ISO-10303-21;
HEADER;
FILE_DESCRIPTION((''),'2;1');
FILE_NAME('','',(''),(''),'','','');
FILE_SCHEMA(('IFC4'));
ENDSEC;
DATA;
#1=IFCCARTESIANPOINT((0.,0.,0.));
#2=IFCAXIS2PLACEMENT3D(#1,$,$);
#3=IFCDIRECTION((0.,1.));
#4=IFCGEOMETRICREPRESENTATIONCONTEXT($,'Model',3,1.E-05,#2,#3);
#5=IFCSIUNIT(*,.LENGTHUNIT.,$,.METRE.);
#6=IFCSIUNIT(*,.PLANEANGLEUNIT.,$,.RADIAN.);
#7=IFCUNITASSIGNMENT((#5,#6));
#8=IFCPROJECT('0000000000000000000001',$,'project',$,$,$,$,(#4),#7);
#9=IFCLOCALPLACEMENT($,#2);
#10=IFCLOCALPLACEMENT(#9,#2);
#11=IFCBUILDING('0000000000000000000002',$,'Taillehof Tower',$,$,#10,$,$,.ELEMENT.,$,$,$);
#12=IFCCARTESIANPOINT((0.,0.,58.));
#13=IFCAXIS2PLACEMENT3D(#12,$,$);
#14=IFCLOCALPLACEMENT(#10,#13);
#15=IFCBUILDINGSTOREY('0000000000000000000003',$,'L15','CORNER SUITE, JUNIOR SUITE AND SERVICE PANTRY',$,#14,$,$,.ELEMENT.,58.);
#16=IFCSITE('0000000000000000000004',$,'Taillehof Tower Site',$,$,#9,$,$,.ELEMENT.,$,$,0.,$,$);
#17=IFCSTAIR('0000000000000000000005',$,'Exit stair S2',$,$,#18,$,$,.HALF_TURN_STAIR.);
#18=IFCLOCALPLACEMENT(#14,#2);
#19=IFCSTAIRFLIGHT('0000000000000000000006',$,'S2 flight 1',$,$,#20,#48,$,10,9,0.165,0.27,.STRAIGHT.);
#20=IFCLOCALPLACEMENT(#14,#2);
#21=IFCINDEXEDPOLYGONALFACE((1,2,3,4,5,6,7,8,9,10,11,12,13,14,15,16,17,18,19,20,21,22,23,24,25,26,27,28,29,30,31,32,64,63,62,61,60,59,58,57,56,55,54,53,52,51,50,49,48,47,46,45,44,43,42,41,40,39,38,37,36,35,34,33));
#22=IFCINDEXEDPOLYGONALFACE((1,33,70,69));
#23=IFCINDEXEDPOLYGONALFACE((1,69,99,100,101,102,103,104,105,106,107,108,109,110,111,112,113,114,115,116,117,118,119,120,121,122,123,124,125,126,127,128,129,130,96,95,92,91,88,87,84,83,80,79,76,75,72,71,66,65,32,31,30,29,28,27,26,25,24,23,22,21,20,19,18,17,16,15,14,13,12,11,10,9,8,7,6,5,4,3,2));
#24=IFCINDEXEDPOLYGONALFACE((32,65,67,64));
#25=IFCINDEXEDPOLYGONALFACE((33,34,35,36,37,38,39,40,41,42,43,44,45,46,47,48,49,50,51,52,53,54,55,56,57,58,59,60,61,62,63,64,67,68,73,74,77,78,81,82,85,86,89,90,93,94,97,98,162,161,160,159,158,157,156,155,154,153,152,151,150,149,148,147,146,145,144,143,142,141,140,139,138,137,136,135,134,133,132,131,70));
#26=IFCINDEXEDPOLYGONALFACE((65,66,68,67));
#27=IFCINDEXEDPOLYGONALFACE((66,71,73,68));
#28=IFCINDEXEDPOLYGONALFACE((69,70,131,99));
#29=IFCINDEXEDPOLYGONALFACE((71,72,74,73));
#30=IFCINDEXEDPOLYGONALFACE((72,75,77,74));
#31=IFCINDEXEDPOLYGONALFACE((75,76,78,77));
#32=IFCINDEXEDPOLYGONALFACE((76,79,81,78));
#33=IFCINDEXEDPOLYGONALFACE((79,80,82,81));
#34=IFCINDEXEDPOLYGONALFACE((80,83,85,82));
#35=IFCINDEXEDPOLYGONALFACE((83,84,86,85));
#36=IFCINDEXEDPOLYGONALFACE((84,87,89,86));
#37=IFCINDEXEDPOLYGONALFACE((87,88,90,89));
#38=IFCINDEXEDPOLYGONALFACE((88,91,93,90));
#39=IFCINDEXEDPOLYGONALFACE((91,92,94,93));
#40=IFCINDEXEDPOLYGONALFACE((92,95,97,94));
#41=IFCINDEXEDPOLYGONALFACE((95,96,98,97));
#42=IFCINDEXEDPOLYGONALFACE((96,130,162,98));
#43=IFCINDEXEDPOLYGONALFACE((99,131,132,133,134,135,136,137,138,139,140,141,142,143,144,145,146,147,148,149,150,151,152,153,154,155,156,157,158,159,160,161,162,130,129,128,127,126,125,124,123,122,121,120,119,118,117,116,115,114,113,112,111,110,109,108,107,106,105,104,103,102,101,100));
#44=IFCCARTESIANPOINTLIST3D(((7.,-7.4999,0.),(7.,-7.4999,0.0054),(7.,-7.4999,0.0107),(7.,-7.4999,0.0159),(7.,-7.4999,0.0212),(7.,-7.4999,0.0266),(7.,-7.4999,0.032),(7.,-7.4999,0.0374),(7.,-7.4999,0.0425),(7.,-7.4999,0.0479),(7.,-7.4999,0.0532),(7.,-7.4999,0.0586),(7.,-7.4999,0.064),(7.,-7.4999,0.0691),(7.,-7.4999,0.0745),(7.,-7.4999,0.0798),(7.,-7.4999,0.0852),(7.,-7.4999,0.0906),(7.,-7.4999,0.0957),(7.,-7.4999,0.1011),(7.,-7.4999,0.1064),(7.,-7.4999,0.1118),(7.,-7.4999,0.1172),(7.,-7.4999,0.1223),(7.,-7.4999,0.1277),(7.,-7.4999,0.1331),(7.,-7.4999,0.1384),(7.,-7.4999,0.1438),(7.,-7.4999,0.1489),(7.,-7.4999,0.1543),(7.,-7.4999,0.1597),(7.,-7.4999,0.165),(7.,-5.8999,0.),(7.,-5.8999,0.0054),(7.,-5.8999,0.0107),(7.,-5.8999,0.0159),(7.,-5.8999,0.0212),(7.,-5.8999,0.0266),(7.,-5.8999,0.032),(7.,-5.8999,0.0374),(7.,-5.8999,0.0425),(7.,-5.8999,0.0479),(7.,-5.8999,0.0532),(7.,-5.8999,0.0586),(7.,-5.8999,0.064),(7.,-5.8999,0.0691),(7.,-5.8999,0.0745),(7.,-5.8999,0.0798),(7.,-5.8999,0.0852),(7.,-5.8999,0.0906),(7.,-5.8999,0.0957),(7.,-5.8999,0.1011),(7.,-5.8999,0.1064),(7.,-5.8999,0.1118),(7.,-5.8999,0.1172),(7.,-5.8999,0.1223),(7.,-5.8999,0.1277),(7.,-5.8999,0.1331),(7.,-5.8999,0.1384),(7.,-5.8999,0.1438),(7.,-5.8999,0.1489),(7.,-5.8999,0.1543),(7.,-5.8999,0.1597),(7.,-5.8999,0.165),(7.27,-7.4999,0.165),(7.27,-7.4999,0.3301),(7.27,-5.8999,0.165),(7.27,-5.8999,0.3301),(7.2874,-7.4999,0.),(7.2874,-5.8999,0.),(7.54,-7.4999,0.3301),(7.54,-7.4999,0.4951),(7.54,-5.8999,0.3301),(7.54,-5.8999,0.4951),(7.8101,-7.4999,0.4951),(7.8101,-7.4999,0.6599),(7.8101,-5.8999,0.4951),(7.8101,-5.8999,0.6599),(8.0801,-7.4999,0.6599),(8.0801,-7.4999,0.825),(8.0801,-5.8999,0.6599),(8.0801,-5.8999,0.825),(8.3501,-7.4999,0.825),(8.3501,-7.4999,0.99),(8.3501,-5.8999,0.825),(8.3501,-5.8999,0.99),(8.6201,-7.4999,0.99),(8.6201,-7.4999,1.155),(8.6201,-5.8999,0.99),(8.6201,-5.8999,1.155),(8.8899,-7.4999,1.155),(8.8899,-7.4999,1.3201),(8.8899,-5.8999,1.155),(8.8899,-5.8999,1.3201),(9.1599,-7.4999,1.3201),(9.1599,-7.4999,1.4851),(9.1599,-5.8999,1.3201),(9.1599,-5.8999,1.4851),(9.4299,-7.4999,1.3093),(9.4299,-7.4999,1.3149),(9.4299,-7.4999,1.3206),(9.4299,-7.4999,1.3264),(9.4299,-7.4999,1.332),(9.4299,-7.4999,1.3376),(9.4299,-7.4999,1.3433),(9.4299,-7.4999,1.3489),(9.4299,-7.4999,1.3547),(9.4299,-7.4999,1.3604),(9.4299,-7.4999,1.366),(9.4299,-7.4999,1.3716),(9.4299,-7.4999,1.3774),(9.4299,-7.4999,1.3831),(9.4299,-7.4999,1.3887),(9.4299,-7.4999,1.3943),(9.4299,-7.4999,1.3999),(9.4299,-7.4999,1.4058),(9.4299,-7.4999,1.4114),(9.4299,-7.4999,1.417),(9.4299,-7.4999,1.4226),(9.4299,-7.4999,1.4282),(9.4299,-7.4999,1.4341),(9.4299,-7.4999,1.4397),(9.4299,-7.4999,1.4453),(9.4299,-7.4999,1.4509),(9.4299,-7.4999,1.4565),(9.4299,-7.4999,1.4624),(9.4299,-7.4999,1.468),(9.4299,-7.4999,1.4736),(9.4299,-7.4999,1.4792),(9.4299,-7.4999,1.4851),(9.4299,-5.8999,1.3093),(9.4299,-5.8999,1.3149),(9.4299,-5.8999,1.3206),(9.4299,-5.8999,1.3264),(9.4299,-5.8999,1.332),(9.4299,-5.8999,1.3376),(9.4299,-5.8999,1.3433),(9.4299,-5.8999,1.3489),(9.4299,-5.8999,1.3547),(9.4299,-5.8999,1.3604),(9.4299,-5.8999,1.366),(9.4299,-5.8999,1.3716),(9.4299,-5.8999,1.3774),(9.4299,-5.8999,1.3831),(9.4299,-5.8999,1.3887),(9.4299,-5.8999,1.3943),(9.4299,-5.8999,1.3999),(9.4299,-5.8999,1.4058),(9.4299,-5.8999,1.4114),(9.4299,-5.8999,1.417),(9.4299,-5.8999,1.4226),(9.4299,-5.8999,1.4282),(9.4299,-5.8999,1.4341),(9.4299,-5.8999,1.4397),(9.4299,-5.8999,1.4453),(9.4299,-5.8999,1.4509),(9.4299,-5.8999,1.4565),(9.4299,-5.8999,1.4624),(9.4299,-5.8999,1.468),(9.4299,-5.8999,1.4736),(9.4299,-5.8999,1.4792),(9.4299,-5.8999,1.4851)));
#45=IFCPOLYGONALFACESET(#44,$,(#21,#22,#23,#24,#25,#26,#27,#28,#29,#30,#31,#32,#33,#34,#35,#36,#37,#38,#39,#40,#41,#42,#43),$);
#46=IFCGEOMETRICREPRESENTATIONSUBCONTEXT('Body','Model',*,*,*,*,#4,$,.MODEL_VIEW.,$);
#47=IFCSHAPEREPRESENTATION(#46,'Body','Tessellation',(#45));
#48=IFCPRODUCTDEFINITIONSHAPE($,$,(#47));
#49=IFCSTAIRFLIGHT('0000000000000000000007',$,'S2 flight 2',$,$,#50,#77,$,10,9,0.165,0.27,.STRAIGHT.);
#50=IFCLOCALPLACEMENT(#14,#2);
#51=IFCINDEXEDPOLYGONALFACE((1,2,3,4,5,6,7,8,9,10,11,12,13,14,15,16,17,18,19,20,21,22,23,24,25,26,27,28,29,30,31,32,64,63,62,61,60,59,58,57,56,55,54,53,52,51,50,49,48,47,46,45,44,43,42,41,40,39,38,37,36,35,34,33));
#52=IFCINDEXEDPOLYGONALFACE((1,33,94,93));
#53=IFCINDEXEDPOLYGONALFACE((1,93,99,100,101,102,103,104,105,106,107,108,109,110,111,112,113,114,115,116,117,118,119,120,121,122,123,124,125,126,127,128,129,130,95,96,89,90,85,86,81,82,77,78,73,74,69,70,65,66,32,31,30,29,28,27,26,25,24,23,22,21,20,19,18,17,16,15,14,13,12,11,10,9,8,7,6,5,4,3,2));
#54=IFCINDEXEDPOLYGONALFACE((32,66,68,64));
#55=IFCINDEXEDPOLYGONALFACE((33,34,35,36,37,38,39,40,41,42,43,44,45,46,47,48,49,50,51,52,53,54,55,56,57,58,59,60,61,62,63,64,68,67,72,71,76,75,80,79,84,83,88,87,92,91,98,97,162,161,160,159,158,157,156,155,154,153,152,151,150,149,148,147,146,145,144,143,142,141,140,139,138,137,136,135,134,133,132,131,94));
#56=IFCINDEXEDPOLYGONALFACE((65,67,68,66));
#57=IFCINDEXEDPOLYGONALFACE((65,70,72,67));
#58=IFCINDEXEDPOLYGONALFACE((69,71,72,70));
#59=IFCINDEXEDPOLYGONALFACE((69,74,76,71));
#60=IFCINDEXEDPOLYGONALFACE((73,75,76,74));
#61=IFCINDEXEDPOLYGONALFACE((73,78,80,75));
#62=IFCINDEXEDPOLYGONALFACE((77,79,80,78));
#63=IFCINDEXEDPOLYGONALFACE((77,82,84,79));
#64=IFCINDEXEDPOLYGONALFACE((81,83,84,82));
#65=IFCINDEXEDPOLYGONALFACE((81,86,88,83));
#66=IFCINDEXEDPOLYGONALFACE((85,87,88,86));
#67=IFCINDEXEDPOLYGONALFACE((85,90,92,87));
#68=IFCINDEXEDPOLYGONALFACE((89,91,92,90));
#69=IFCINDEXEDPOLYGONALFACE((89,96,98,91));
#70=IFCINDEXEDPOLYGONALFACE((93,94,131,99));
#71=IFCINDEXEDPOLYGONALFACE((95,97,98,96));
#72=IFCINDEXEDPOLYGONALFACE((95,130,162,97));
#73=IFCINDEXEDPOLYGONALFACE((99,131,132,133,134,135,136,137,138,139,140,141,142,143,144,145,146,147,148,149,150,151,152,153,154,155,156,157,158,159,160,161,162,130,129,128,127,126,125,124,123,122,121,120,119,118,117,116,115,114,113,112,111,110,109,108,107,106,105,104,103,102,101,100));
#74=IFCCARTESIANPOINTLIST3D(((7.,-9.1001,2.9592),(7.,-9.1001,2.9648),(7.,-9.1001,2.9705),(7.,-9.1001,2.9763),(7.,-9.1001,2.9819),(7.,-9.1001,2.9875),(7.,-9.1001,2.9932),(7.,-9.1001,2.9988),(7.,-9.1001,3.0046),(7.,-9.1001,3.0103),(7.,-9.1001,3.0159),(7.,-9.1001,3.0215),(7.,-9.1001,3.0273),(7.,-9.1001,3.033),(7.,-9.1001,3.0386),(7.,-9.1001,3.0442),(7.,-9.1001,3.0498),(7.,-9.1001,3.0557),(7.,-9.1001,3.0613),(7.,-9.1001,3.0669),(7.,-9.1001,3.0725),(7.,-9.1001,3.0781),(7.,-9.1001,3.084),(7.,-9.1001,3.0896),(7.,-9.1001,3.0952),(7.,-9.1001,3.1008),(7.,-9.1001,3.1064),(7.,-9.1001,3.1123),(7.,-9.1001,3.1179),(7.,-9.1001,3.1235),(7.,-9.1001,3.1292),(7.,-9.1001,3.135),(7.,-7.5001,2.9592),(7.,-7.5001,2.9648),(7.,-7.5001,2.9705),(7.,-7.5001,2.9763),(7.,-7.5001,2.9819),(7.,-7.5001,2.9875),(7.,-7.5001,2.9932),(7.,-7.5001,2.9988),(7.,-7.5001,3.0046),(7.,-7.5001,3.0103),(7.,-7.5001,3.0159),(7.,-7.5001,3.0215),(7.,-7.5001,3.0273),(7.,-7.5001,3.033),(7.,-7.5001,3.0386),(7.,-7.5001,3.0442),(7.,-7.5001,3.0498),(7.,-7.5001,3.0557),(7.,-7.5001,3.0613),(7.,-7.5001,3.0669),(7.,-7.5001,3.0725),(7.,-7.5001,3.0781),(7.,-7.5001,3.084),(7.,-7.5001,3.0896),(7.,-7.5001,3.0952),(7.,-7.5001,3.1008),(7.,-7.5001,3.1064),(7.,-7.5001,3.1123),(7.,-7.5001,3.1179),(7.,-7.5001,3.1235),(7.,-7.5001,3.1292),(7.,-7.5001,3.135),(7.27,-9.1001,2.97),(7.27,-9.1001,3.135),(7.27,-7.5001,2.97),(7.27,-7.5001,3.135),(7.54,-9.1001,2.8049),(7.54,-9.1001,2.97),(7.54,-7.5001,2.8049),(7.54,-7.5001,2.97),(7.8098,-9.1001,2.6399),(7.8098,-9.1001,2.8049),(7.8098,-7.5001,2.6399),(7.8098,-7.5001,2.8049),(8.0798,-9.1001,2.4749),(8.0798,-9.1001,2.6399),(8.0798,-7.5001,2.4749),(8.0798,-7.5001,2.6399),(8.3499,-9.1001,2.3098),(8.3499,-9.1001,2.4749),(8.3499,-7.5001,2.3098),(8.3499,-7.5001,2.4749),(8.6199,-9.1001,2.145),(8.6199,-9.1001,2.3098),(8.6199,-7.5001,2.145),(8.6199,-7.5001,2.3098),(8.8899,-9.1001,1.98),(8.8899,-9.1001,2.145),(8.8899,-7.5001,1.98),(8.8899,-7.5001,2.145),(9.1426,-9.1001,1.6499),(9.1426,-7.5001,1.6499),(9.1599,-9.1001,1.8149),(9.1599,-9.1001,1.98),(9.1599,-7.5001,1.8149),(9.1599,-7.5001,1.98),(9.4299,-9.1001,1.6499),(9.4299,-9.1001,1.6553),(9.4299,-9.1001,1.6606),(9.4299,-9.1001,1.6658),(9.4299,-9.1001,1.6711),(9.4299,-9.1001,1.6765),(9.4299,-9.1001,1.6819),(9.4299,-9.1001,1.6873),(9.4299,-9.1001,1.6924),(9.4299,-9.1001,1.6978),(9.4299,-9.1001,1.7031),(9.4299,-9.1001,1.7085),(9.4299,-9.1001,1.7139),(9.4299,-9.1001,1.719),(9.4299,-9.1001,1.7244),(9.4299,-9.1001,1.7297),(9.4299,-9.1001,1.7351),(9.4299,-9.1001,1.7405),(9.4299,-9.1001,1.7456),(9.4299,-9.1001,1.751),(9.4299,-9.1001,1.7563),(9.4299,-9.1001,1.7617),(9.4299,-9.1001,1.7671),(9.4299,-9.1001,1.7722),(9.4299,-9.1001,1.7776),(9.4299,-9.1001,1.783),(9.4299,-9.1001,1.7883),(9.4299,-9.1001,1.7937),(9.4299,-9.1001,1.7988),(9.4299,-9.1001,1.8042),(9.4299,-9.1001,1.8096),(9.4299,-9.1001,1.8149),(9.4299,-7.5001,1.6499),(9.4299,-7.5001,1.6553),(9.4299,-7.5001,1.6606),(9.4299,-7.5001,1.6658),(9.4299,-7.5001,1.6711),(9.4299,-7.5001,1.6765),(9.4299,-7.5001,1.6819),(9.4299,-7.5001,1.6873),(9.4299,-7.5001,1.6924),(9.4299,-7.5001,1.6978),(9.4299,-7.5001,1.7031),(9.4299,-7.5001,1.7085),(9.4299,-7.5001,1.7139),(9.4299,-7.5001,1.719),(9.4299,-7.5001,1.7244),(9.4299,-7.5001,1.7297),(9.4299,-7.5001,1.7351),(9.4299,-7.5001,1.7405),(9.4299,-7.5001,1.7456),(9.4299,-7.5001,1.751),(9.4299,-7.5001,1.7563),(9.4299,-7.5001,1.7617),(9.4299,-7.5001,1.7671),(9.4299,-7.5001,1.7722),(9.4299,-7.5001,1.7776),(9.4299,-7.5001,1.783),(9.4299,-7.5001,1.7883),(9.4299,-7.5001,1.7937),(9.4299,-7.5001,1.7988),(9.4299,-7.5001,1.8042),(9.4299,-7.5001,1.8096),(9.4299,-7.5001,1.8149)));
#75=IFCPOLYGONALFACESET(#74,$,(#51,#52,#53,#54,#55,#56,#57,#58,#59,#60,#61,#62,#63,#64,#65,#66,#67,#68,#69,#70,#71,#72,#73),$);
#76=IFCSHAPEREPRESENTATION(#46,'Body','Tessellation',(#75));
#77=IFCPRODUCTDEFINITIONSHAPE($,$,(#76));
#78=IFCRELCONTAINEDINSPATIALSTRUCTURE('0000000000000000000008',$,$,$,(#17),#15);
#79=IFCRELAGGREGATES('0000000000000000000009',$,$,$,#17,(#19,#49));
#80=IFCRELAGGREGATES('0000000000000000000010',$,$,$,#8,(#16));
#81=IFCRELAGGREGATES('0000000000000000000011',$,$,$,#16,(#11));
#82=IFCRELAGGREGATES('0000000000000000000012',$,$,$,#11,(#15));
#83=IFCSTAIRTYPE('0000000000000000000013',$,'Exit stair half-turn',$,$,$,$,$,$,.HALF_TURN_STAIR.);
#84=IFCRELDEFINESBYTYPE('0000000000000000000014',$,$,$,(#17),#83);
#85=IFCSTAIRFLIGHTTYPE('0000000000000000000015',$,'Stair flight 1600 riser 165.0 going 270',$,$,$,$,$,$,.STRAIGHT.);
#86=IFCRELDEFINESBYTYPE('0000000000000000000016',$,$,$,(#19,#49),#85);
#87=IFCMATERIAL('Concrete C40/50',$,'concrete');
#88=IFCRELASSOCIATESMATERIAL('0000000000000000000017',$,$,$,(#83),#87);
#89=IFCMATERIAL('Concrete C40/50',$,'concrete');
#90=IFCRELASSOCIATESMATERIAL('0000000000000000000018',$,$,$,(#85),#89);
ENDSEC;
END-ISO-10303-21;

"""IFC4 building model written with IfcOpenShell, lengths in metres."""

from ifc_helpers import new_model, si_unit, direction, frame, origin, place, context, subcontext, project, spatial, polyline, outline, extrude, material, type_object, element, aggregate, save


model = new_model("IFC4")

# Units and contexts
model_context = context("Model", 3, precision=1e-05, world=origin(), true_north=direction((0.0, 1.0)))
body_context = subcontext(model_context, "Body", "Model", "MODEL_VIEW")
ifc_project = project(units=[si_unit("LENGTHUNIT", "METRE"), si_unit("PLANEANGLEUNIT", "RADIAN")], contexts=[model_context])

# Site, building, storey
site_placement = place(None, origin())
site = spatial("IfcSite", under=ifc_project, at=site_placement, Name="Taillehof Tower Site", CompositionType="ELEMENT", RefElevation=0.0)
building_placement = place(site_placement, origin())
building = spatial("IfcBuilding", under=site, at=building_placement, Name="Taillehof Tower", CompositionType="ELEMENT")
storey_placement = place(building_placement, frame((0.0, 0.0, 58.0)))
storey = spatial("IfcBuildingStorey", under=building, at=storey_placement, Name="L15", Description="CORNER SUITE, JUNIOR SUITE AND SERVICE PANTRY", CompositionType="ELEMENT", Elevation=58.0)

# Stair
ifc_material_1 = material(Name="Concrete C40/50", Category="concrete")
stair_type = type_object("IfcStairType", Name="Exit stair half-turn", PredefinedType="HALF_TURN_STAIR", material=ifc_material_1)
stair_1_placement = place(storey_placement, origin())
stair_1 = element("IfcStair", 1, at=stair_1_placement, inside=storey, type_object=stair_type, Name="Exit stair S2", PredefinedType="HALF_TURN_STAIR")

# Stair flights
ifc_material_2 = material(Name="Concrete C40/50", Category="concrete")
stair_flight_type = type_object("IfcStairFlightType", Name="Stair flight 1600 riser 165.0 going 270", PredefinedType="STRAIGHT", material=ifc_material_2)
stair_flight_1_placement = place(storey_placement, frame((7.0, -6.7, 0.0), z_axis=(0.0, 0.0, 1.0), x_axis=(1.0, 0.0, 0.0)))
stair_flight_1 = element("IfcStairFlight", 2, at=stair_flight_1_placement, type_object=stair_flight_type, Name="S2 flight 1", NumberOfRisers=10, NumberOfTreads=9, PredefinedType="STRAIGHT", RiserHeight=0.165, TreadLength=0.27, context=body_context, shape_type="SweptSolid", body=[
    extrude(outline(polyline([(0.0, 0.0), (0.0, 0.0054), (0.0, 0.0107), (0.0, 0.0159), (0.0, 0.0212), (0.0, 0.0266), (0.0, 0.032), (0.0, 0.0374), (0.0, 0.0425), (0.0, 0.0479), (0.0, 0.0532), (0.0, 0.0586), (0.0, 0.064), (0.0, 0.0691), (0.0, 0.0745), (0.0, 0.0798), (0.0, 0.0852), (0.0, 0.0906), (0.0, 0.0957), (0.0, 0.1011), (0.0, 0.1064), (0.0, 0.1118), (0.0, 0.1172), (0.0, 0.1223), (0.0, 0.1277), (0.0, 0.1331), (0.0, 0.1384), (0.0, 0.1438), (0.0, 0.1489), (0.0, 0.1543), (0.0, 0.1597), (0.0, 0.165), (0.27, 0.165), (0.27, 0.3301), (0.54, 0.3301), (0.54, 0.4951), (0.8101, 0.4951), (0.8101, 0.6599), (1.0801, 0.6599), (1.0801, 0.825), (1.3501, 0.825), (1.3501, 0.99), (1.6201, 0.99), (1.6201, 1.155), (1.8899, 1.155), (1.8899, 1.3201), (2.1599, 1.3201), (2.1599, 1.4851), (2.4299, 1.4851), (2.4299, 1.4792), (2.4299, 1.4736), (2.4299, 1.468), (2.4299, 1.4624), (2.4299, 1.4565), (2.4299, 1.4509), (2.4299, 1.4453), (2.4299, 1.4397), (2.4299, 1.4341), (2.4299, 1.4282), (2.4299, 1.4226), (2.4299, 1.417), (2.4299, 1.4114), (2.4299, 1.4058), (2.4299, 1.3999), (2.4299, 1.3943), (2.4299, 1.3887), (2.4299, 1.3831), (2.4299, 1.3774), (2.4299, 1.3716), (2.4299, 1.366), (2.4299, 1.3604), (2.4299, 1.3547), (2.4299, 1.3489), (2.4299, 1.3433), (2.4299, 1.3376), (2.4299, 1.332), (2.4299, 1.3264), (2.4299, 1.3206), (2.4299, 1.3149), (2.4299, 1.3093), (0.2874, 0.0), (0.0, 0.0)])), frame((0.0, 0.8, 0.0), z_axis=(0.0, -1.0, 0.0), x_axis=(1.0, 0.0, 0.0)), (0.0, 0.0, 1.0), 1.6),
])
stair_flight_2_placement = place(storey_placement, frame((9.4299, -8.3, 1.6499), z_axis=(0.0, 0.0, 1.0), x_axis=(-1.0, 0.0, 0.0)))
stair_flight_2 = element("IfcStairFlight", 3, at=stair_flight_2_placement, type_object=stair_flight_type, Name="S2 flight 2", NumberOfRisers=10, NumberOfTreads=9, PredefinedType="STRAIGHT", RiserHeight=0.165, TreadLength=0.27, context=body_context, shape_type="SweptSolid", body=[
    extrude(outline(polyline([(0.0, 0.0), (0.0, 0.0054), (0.0, 0.0107), (0.0, 0.0159), (0.0, 0.0212), (0.0, 0.0266), (0.0, 0.032), (0.0, 0.0374), (0.0, 0.0425), (0.0, 0.0479), (0.0, 0.0532), (0.0, 0.0586), (0.0, 0.064), (0.0, 0.0691), (0.0, 0.0745), (0.0, 0.0798), (0.0, 0.0852), (0.0, 0.0906), (0.0, 0.0957), (0.0, 0.1011), (0.0, 0.1064), (0.0, 0.1118), (0.0, 0.1172), (0.0, 0.1223), (0.0, 0.1277), (0.0, 0.1331), (0.0, 0.1384), (0.0, 0.1438), (0.0, 0.1489), (0.0, 0.1543), (0.0, 0.1597), (0.0, 0.165), (0.27, 0.165), (0.27, 0.3301), (0.54, 0.3301), (0.54, 0.4951), (0.8101, 0.4951), (0.8101, 0.6599), (1.0801, 0.6599), (1.0801, 0.825), (1.3501, 0.825), (1.3501, 0.99), (1.6201, 0.99), (1.6201, 1.155), (1.8899, 1.155), (1.8899, 1.3201), (2.1599, 1.3201), (2.1599, 1.4851), (2.4299, 1.4851), (2.4299, 1.4792), (2.4299, 1.4736), (2.4299, 1.468), (2.4299, 1.4624), (2.4299, 1.4565), (2.4299, 1.4509), (2.4299, 1.4453), (2.4299, 1.4397), (2.4299, 1.4341), (2.4299, 1.4282), (2.4299, 1.4226), (2.4299, 1.417), (2.4299, 1.4114), (2.4299, 1.4058), (2.4299, 1.3999), (2.4299, 1.3943), (2.4299, 1.3887), (2.4299, 1.3831), (2.4299, 1.3774), (2.4299, 1.3716), (2.4299, 1.366), (2.4299, 1.3604), (2.4299, 1.3547), (2.4299, 1.3489), (2.4299, 1.3433), (2.4299, 1.3376), (2.4299, 1.332), (2.4299, 1.3264), (2.4299, 1.3206), (2.4299, 1.3149), (2.4299, 1.3093), (0.2874, 0.0), (0.0, 0.0)])), frame((0.0, 0.8, 0.0), z_axis=(0.0, -1.0, 0.0), x_axis=(1.0, 0.0, 0.0)), (0.0, 0.0, 1.0), 1.6),
])
aggregate(stair_1, [stair_flight_1, stair_flight_2])

save(model, "model.ifc")
